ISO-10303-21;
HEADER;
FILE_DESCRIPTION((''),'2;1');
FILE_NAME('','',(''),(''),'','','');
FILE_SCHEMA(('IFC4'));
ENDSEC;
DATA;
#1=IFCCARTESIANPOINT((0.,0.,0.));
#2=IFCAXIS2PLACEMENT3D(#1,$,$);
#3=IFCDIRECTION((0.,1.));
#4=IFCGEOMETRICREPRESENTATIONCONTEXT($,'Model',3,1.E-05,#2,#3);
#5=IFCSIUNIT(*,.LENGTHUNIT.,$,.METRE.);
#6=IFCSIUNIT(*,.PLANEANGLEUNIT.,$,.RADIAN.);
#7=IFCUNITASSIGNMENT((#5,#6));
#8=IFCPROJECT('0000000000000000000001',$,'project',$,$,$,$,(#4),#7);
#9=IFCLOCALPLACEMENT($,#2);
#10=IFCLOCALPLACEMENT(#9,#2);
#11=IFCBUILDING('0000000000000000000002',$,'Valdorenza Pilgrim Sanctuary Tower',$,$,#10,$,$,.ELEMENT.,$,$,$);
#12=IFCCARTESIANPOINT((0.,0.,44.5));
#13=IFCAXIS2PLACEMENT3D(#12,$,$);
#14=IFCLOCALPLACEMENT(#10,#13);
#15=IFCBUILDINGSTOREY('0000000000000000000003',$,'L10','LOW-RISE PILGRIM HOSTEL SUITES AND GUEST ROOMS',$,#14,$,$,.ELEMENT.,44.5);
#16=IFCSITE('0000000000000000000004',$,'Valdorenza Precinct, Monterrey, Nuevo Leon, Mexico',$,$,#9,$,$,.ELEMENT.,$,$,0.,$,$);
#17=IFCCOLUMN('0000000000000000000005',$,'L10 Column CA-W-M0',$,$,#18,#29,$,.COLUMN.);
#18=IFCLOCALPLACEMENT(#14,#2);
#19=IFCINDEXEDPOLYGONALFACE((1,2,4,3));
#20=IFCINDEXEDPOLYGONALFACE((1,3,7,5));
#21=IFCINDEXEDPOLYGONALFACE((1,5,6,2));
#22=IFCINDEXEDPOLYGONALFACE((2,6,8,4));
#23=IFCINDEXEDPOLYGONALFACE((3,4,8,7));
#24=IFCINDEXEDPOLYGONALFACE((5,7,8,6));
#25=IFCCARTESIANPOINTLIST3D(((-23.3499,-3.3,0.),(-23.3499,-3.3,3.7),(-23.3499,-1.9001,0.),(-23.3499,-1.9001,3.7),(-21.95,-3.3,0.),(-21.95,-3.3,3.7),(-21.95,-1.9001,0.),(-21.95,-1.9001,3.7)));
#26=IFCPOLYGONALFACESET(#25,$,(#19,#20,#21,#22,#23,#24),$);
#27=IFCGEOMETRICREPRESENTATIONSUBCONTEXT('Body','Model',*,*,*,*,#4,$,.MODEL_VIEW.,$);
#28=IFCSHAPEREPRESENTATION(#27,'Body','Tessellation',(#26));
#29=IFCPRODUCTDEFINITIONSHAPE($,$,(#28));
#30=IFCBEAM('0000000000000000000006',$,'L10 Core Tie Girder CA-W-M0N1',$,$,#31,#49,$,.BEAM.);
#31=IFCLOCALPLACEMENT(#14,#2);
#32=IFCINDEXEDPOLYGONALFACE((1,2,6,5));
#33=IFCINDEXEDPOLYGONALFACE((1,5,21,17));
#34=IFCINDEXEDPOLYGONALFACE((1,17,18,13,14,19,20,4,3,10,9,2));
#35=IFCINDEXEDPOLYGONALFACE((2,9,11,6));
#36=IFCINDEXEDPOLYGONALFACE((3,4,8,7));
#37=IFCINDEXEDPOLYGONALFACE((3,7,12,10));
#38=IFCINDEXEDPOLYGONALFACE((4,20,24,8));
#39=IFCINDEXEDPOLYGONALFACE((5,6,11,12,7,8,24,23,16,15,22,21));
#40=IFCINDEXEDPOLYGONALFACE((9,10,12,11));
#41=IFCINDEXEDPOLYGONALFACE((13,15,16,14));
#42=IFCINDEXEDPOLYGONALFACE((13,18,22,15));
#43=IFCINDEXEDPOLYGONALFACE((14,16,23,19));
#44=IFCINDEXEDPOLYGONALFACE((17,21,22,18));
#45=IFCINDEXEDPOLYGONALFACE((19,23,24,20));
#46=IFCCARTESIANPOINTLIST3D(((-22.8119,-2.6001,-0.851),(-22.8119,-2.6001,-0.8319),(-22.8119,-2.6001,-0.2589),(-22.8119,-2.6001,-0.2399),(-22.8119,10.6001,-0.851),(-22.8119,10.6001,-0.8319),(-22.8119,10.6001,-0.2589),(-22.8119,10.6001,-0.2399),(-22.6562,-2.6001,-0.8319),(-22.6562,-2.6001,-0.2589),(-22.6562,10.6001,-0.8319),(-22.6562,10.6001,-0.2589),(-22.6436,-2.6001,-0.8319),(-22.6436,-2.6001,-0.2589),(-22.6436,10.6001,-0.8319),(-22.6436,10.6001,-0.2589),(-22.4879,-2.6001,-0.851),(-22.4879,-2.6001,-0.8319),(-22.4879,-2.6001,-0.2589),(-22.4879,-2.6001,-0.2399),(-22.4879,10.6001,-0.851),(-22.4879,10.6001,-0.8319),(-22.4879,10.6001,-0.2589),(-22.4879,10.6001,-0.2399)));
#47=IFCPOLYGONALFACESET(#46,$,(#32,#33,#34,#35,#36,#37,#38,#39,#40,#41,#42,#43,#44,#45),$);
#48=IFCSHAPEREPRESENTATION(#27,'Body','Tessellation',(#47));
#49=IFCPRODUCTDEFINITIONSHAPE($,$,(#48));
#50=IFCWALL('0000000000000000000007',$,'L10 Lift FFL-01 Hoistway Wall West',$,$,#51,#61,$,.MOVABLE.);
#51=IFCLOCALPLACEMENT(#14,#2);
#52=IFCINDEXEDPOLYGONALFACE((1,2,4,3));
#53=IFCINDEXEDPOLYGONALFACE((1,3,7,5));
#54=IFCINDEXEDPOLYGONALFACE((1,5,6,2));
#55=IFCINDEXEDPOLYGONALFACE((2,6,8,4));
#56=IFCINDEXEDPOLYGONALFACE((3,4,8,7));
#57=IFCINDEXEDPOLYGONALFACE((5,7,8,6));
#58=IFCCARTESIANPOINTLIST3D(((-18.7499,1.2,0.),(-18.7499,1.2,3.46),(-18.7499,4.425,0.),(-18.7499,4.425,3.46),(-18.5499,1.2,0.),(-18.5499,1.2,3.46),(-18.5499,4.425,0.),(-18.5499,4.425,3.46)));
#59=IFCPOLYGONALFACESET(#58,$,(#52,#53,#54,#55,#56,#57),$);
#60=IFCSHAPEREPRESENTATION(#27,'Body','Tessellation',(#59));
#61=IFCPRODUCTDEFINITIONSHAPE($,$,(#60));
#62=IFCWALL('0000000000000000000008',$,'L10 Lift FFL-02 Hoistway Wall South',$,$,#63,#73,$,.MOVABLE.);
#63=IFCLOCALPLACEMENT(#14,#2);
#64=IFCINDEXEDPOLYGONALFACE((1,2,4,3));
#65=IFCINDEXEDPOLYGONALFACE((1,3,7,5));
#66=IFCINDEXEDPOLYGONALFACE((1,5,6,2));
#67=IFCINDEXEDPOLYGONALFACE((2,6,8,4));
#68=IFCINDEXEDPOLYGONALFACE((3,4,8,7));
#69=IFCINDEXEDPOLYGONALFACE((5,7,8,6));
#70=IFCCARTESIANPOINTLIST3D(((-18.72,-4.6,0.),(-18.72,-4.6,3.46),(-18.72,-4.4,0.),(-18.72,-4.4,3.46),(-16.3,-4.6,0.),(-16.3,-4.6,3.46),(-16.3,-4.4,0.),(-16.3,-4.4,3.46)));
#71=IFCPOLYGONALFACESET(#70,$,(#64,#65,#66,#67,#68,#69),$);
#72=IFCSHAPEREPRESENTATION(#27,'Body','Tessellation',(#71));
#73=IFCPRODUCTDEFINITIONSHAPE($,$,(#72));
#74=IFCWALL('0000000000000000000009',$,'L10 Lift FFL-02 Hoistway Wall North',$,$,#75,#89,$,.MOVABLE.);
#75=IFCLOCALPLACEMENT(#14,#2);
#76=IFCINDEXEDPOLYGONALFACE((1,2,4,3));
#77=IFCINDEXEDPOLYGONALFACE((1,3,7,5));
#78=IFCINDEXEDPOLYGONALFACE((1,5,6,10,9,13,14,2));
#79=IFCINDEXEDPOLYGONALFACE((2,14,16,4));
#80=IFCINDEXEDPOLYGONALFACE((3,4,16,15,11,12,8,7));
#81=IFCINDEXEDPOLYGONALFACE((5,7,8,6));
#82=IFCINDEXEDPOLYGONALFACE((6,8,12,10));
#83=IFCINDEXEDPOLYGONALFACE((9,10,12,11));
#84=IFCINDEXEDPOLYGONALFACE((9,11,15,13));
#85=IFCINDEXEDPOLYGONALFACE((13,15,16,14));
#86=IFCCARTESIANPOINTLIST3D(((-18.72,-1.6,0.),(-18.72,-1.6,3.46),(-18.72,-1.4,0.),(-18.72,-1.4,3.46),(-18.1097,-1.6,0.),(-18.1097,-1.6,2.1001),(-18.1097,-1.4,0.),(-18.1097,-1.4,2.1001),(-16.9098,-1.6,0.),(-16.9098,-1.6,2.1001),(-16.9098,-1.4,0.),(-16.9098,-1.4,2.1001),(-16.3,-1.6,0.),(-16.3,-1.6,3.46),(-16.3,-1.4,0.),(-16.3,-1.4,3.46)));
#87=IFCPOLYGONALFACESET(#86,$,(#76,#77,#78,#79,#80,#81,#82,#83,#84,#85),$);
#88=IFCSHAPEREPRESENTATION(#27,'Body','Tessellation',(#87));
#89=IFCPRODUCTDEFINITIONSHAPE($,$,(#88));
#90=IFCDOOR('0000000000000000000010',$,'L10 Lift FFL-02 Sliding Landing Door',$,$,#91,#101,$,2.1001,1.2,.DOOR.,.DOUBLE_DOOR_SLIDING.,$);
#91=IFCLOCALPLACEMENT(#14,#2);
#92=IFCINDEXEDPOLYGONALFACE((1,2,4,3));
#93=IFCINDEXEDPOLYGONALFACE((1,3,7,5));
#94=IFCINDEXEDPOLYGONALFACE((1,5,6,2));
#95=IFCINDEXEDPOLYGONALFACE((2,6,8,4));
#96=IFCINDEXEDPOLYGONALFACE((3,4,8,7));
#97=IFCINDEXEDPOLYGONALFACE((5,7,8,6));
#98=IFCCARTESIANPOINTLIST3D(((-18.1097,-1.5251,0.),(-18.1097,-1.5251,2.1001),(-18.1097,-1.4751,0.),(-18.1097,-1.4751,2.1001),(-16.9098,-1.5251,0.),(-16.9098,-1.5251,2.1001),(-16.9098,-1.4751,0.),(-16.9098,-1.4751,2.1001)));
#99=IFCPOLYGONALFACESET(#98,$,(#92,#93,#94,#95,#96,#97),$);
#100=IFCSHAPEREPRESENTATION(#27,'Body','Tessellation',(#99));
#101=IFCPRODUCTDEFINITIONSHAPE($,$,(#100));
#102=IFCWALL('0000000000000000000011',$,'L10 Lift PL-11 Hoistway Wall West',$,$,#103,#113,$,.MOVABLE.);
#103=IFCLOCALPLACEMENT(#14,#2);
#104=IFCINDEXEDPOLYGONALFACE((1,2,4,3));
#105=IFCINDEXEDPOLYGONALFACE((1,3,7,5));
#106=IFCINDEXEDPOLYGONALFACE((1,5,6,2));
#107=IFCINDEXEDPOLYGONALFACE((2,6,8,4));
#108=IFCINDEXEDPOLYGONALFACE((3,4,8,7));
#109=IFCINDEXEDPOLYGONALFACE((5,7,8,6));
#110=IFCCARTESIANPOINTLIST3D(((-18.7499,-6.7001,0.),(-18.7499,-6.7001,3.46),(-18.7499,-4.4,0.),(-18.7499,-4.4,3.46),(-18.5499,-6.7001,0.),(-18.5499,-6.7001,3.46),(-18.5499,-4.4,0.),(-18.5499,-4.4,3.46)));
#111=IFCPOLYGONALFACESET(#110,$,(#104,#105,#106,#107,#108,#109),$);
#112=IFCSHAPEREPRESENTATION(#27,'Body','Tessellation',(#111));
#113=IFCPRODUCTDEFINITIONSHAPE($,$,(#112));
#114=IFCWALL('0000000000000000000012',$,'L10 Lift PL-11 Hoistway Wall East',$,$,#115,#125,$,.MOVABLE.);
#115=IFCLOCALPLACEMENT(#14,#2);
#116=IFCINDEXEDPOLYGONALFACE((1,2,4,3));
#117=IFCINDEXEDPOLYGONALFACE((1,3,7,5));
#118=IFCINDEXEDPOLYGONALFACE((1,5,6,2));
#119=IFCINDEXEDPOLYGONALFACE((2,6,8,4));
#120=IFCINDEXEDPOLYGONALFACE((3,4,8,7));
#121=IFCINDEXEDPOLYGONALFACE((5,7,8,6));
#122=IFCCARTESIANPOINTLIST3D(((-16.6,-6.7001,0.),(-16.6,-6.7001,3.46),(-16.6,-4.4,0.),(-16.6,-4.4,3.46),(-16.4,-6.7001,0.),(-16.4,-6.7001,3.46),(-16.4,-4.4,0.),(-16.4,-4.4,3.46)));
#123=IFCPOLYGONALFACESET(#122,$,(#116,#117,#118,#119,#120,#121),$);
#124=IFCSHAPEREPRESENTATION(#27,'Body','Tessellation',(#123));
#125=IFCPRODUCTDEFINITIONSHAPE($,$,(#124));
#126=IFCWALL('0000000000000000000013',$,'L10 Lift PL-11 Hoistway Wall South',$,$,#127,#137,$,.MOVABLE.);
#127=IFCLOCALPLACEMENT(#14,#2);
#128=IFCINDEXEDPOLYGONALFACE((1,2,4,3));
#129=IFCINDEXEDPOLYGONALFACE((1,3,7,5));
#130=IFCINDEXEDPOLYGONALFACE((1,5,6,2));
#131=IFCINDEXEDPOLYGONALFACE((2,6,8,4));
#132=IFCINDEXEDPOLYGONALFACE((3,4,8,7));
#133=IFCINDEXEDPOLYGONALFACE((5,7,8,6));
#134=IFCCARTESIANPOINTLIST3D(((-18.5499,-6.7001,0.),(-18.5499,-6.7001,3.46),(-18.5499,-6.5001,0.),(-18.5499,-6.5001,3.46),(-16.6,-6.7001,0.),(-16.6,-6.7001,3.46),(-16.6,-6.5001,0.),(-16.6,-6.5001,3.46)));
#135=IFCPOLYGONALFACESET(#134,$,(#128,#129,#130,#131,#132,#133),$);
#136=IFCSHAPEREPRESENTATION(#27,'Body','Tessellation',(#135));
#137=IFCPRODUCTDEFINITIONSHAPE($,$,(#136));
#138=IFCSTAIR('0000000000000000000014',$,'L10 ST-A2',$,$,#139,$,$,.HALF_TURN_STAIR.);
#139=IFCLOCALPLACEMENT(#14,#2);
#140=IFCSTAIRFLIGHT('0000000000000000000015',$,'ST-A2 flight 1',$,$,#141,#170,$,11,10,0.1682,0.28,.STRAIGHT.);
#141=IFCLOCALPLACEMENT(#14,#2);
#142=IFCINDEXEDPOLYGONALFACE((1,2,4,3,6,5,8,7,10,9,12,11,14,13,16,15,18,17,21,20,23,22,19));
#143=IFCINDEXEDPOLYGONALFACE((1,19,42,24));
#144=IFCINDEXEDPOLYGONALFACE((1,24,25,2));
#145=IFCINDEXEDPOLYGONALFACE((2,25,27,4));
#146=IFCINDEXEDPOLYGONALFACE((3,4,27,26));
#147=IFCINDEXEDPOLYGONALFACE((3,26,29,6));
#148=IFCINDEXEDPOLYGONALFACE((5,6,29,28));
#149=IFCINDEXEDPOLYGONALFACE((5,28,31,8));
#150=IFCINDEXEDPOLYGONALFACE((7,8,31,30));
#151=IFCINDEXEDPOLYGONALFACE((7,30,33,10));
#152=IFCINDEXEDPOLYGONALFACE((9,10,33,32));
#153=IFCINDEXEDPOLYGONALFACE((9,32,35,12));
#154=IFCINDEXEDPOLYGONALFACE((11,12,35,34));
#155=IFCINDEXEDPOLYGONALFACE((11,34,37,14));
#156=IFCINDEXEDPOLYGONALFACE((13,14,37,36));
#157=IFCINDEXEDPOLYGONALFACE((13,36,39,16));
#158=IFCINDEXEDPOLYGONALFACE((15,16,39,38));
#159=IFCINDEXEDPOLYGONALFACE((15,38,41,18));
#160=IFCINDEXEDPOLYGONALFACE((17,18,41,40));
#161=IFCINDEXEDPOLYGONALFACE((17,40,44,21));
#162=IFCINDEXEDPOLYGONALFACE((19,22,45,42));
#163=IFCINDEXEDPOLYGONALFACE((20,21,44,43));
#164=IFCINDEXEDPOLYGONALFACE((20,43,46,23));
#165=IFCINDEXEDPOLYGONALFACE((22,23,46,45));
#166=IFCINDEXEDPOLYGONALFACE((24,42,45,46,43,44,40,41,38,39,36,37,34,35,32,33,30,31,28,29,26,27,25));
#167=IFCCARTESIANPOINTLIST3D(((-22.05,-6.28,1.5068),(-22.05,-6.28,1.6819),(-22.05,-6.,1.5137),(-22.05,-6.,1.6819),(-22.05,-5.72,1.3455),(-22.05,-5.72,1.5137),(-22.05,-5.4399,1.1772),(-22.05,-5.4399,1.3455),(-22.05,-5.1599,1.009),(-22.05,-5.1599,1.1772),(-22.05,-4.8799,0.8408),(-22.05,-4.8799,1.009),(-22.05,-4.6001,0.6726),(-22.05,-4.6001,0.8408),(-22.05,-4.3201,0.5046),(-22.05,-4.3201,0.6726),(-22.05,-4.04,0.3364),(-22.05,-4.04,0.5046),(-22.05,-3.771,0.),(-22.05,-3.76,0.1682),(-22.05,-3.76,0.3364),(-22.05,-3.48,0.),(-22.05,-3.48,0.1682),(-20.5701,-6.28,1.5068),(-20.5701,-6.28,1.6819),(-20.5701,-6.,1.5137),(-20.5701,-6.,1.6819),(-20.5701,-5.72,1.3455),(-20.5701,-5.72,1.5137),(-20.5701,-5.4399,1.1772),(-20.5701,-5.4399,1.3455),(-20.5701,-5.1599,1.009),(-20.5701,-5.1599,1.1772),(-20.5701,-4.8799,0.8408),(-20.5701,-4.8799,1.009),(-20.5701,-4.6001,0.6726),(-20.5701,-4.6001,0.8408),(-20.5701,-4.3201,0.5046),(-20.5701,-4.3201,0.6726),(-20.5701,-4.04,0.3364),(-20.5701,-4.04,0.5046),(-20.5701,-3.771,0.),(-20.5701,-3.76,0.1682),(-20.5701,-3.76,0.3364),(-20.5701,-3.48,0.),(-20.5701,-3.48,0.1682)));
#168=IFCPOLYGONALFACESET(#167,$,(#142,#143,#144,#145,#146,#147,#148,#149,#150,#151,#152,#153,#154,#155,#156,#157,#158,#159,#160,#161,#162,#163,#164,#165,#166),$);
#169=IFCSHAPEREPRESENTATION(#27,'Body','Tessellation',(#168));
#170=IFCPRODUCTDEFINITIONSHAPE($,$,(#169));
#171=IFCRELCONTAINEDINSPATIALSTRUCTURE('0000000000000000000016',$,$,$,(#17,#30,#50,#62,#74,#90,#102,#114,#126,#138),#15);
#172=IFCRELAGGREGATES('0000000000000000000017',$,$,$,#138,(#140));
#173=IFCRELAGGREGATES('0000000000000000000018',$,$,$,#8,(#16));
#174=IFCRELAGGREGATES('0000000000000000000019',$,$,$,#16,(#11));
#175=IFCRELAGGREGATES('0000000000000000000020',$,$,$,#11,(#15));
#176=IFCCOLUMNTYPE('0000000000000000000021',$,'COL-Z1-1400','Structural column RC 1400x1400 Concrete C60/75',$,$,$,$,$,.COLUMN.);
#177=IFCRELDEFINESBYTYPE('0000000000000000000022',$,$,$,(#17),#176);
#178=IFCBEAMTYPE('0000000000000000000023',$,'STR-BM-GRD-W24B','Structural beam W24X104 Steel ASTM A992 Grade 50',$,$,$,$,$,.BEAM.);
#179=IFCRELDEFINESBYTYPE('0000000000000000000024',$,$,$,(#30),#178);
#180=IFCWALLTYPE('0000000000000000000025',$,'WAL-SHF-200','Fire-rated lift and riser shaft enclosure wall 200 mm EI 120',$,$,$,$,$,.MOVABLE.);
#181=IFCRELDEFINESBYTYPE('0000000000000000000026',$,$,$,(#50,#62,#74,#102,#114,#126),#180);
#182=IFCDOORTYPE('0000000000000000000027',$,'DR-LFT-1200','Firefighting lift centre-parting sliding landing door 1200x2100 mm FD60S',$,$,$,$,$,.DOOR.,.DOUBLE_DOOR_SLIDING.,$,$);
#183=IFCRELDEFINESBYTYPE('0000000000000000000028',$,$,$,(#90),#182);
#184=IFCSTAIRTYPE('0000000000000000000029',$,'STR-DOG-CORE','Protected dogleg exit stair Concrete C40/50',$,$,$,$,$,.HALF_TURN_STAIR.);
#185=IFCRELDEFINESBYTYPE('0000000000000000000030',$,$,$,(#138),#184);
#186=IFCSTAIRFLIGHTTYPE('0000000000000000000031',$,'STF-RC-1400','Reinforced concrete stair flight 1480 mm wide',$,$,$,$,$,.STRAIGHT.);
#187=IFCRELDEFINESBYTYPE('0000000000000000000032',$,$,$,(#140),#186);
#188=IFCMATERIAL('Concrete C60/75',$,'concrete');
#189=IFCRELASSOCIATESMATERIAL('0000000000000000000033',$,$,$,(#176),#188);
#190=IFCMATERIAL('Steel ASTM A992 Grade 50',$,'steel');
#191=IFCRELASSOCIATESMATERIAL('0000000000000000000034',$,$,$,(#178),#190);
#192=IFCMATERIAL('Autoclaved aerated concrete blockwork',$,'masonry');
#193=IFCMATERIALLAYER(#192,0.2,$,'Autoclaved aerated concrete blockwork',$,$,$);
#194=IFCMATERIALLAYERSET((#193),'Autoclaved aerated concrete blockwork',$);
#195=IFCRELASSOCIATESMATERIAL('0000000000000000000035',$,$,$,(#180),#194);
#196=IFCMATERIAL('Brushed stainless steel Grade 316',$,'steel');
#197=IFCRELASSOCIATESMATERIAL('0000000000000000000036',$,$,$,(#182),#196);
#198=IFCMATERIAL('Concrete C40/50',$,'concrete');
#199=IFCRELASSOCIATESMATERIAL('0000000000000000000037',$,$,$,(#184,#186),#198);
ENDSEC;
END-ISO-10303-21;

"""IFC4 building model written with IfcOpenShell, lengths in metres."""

from ifc_helpers import new_model, si_unit, direction, frame, frame_2d, origin, origin_2d, place, context, subcontext, project, spatial, polyline, rectangle, i_section, outline, extrude, source, transform, mapped, material, layer, layer_set, material_profile, profile_set, type_object, element, fill, aggregate, save


model = new_model("IFC4")

# Units and contexts
model_context = context("Model", 3, precision=1e-05, world=origin(), true_north=direction((0.0, 1.0)))
body_context = subcontext(model_context, "Body", "Model", "MODEL_VIEW")
ifc_project = project(units=[si_unit("LENGTHUNIT", "METRE"), si_unit("PLANEANGLEUNIT", "RADIAN")], contexts=[model_context])

# Site, building, storey
site_placement = place(None, origin())
site = spatial("IfcSite", under=ifc_project, at=site_placement, Name="Valdorenza Precinct, Monterrey, Nuevo Leon, Mexico", CompositionType="ELEMENT", RefElevation=0.0)
building_placement = place(site_placement, origin())
building = spatial("IfcBuilding", under=site, at=building_placement, Name="Valdorenza Pilgrim Sanctuary Tower", CompositionType="ELEMENT")
storey_placement = place(building_placement, frame((0.0, 0.0, 44.5)))
storey = spatial("IfcBuildingStorey", under=building, at=storey_placement, Name="L10", Description="LOW-RISE PILGRIM HOSTEL SUITES AND GUEST ROOMS", CompositionType="ELEMENT", Elevation=44.5)

# Column
ifc_material_1 = material(Name="Concrete C60/75", Category="concrete")
ifc_material_profile_1 = material_profile(ifc_material_1, rectangle(XDim=1.3999, YDim=1.3999, at=origin_2d()), Name="RC 1400x1400")
ifc_profile_set_1 = profile_set([ifc_material_profile_1], Name="Concrete C60/75")
column_type = type_object("IfcColumnType", Name="COL-Z1-1400", Description="Structural column RC 1400x1400 Concrete C60/75", PredefinedType="COLUMN", material=ifc_profile_set_1)
shared_shape_1 = source(origin(), body_context, "Body", "SweptSolid", [
    extrude(rectangle(XDim=1.3999, YDim=1.3999, at=origin_2d()), origin(), (0.0, 0.0, 1.0), 3.7),
])
column_placement = place(storey_placement, frame((-22.6499, -2.6001, 0.0), z_axis=(0.0, 0.0, 1.0), x_axis=(1.0, 0.0, 0.0)))
element("IfcColumn", 1, at=column_placement, inside=storey, type_object=column_type, Name="L10 Column CA-W-M0", PredefinedType="COLUMN", context=body_context, shape_type="MappedRepresentation", body=[
    mapped(shared_shape_1, transform((0.0, 0.0, 0.0), x_axis=(1.0, 0.0, 0.0), y_axis=(0.0, 1.0, 0.0), z_axis=(0.0, 0.0, 1.0), scale=1.0)),
])

# Beam
ifc_material_2 = material(Name="Steel ASTM A992 Grade 50", Category="steel")
ifc_material_profile_2 = material_profile(ifc_material_2, i_section(OverallWidth=0.324, OverallDepth=0.6111, WebThickness=0.0127, FlangeThickness=0.019, at=origin_2d()), Name="W24X104")
ifc_profile_set_2 = profile_set([ifc_material_profile_2], Name="Steel ASTM A992 Grade 50")
beam_type = type_object("IfcBeamType", Name="STR-BM-GRD-W24B", Description="Structural beam W24X104 Steel ASTM A992 Grade 50", PredefinedType="BEAM", material=ifc_profile_set_2)
shared_shape_2 = source(origin(), body_context, "Body", "SweptSolid", [
    extrude(i_section(OverallWidth=0.324, OverallDepth=0.6111, WebThickness=0.0127, FlangeThickness=0.019, at=origin_2d()), origin(), (0.0, 0.0, 1.0), 13.2002),
])
beam_placement = place(storey_placement, frame((-22.6499, -2.6001, -0.5454), z_axis=(0.0, 1.0, 0.0), x_axis=(-1.0, 0.0, 0.0)))
element("IfcBeam", 2, at=beam_placement, inside=storey, type_object=beam_type, Name="L10 Core Tie Girder CA-W-M0N1", PredefinedType="BEAM", context=body_context, shape_type="MappedRepresentation", body=[
    mapped(shared_shape_2, transform((0.0, 0.0, 0.0), x_axis=(1.0, 0.0, 0.0), y_axis=(0.0, 1.0, 0.0), z_axis=(0.0, 0.0, 1.0), scale=1.0)),
])

# Walls
ifc_material_3 = material(Name="Autoclaved aerated concrete blockwork", Category="masonry")
ifc_layer_1 = layer(ifc_material_3, 0.2, Name="Autoclaved aerated concrete blockwork")
ifc_layer_set_1 = layer_set([ifc_layer_1], Name="Autoclaved aerated concrete blockwork")
wall_type_1 = type_object("IfcWallType", Name="WAL-SHF-200", Description="Fire-rated lift and riser shaft enclosure wall 200 mm EI 120", PredefinedType="MOVABLE", material=ifc_layer_set_1)
wall_1_placement = place(storey_placement, frame((-18.6499, 1.2, 0.0), z_axis=(0.0, 0.0, 1.0), x_axis=(0.0, 1.0, 0.0)))
element("IfcWall", 3, at=wall_1_placement, inside=storey, type_object=wall_type_1, Name="L10 Lift FFL-01 Hoistway Wall West", PredefinedType="MOVABLE", context=body_context, shape_type="SweptSolid", body=[
    extrude(rectangle(XDim=3.2251, YDim=0.2, at=frame_2d((1.6125, 0.0))), origin(), (0.0, 0.0, 1.0), 3.46),
])
wall_2_placement = place(storey_placement, frame((-18.72, -4.5, 0.0), z_axis=(0.0, 0.0, 1.0), x_axis=(1.0, 0.0, 0.0)))
element("IfcWall", 4, at=wall_2_placement, inside=storey, type_object=wall_type_1, Name="L10 Lift FFL-02 Hoistway Wall South", PredefinedType="MOVABLE", context=body_context, shape_type="SweptSolid", body=[
    extrude(rectangle(XDim=2.4199, YDim=0.2, at=frame_2d((1.21, 0.0))), origin(), (0.0, 0.0, 1.0), 3.46),
])

# Wall, opening, door
wall_3_placement = place(storey_placement, frame((-18.72, -1.5, 0.0), z_axis=(0.0, 0.0, 1.0), x_axis=(1.0, 0.0, 0.0)))
wall_3 = element("IfcWall", 5, at=wall_3_placement, inside=storey, type_object=wall_type_1, Name="L10 Lift FFL-02 Hoistway Wall North", PredefinedType="MOVABLE", context=body_context, shape_type="SweptSolid", body=[
    extrude(rectangle(XDim=2.4199, YDim=0.2, at=frame_2d((1.21, 0.0))), origin(), (0.0, 0.0, 1.0), 3.46),
])
opening_1_placement = place(wall_3_placement, frame((0.6101, 0.0, 0.0)))
opening_1 = element("IfcOpeningElement", 6, at=opening_1_placement, cuts=wall_3, PredefinedType="OPENING", context=body_context, shape_type="SweptSolid", body=[
    extrude(rectangle(XDim=1.2, YDim=2.1001, at=frame_2d((0.6001, 1.05))), frame((0.0, 0.1147, 0.0), z_axis=(0.0, -1.0, 0.0), x_axis=(1.0, 0.0, 0.0)), (0.0, 0.0, 1.0), 0.2297),
])
ifc_material_4 = material(Name="Brushed stainless steel Grade 316", Category="steel")
door_type_1 = type_object("IfcDoorType", Name="DR-LFT-1200", Description="Firefighting lift centre-parting sliding landing door 1200x2100 mm FD60S", OperationType="DOUBLE_DOOR_SLIDING", PredefinedType="DOOR", material=ifc_material_4)
door_1_placement = place(opening_1_placement, origin())
door_1 = element("IfcDoor", 7, at=door_1_placement, inside=storey, type_object=door_type_1, Name="L10 Lift FFL-02 Sliding Landing Door", OperationType="DOUBLE_DOOR_SLIDING", OverallHeight=2.1001, OverallWidth=1.2, PredefinedType="DOOR", context=body_context, shape_type="SweptSolid", body=[
    extrude(rectangle(XDim=1.2, YDim=2.1001, at=frame_2d((0.6001, 1.05))), frame((0.0, 0.0249, 0.0), z_axis=(0.0, -1.0, 0.0), x_axis=(1.0, 0.0, 0.0)), (0.0, 0.0, 1.0), 0.05),
])
fill(opening_1, door_1)

# Walls
for number, where, z_axis, x_axis, name in (
    (8, (-18.6499, -6.7, 0.0), (0.0, 0.0, 1.0), (0.0, 1.0, 0.0), "L10 Lift PL-11 Hoistway Wall West"),
    (9, (-16.5, -6.7, 0.0), (0.0, 0.0, 1.0), (0.0, 1.0, 0.0), "L10 Lift PL-11 Hoistway Wall East"),
):
    element("IfcWall", number, at=place(storey_placement, frame(where, z_axis=z_axis, x_axis=x_axis)), inside=storey, type_object=wall_type_1, Name=name, PredefinedType="MOVABLE", context=body_context, shape_type="SweptSolid", body=[
        extrude(rectangle(XDim=2.3, YDim=0.2, at=frame_2d((1.1499, 0.0))), origin(), (0.0, 0.0, 1.0), 3.46),
    ])
wall_4_placement = place(storey_placement, frame((-18.55, -6.6001, 0.0), z_axis=(0.0, 0.0, 1.0), x_axis=(1.0, 0.0, 0.0)))
element("IfcWall", 10, at=wall_4_placement, inside=storey, type_object=wall_type_1, Name="L10 Lift PL-11 Hoistway Wall South", PredefinedType="MOVABLE", context=body_context, shape_type="SweptSolid", body=[
    extrude(rectangle(XDim=1.95, YDim=0.2, at=frame_2d((0.9751, 0.0))), origin(), (0.0, 0.0, 1.0), 3.46),
])

# Shared definitions
ifc_material_5 = material(Name="Concrete C40/50", Category="concrete")

# Stair, stair flight
stair_type = type_object("IfcStairType", Name="STR-DOG-CORE", Description="Protected dogleg exit stair Concrete C40/50", PredefinedType="HALF_TURN_STAIR", material=ifc_material_5)
stair_placement = place(storey_placement, origin())
stair = element("IfcStair", 11, at=stair_placement, inside=storey, type_object=stair_type, Name="L10 ST-A2", PredefinedType="HALF_TURN_STAIR")
stair_flight_type = type_object("IfcStairFlightType", Name="STF-RC-1400", Description="Reinforced concrete stair flight 1480 mm wide", PredefinedType="STRAIGHT", material=ifc_material_5)
stair_flight_1_placement = place(storey_placement, frame((-21.3101, -3.48, 0.0), z_axis=(0.0, 0.0, 1.0), x_axis=(0.0, -1.0, 0.0)))
stair_flight_1 = element("IfcStairFlight", 12, at=stair_flight_1_placement, type_object=stair_flight_type, Name="ST-A2 flight 1", NumberOfRisers=11, NumberOfTreads=10, PredefinedType="STRAIGHT", RiserHeight=0.1682, TreadLength=0.28, context=body_context, shape_type="SweptSolid", body=[
    extrude(outline(polyline([(0.0, 0.0), (0.0, 0.1682), (0.28, 0.1682), (0.28, 0.3364), (0.5601, 0.3364), (0.5601, 0.5046), (0.8401, 0.5046), (0.8401, 0.6726), (1.1201, 0.6726), (1.1201, 0.8408), (1.3999, 0.8408), (1.3999, 1.009), (1.6799, 1.009), (1.6799, 1.1772), (1.96, 1.1772), (1.96, 1.3455), (2.24, 1.3455), (2.24, 1.5137), (2.52, 1.5137), (2.52, 1.6819), (2.8, 1.6819), (2.8, 1.8501), (2.8, 1.5068), (0.291, 0.0), (0.0, 0.0)])), frame((0.0, 0.74, 0.0), z_axis=(0.0, -1.0, 0.0), x_axis=(1.0, 0.0, 0.0)), (0.0, 0.0, 1.0), 1.48),
])
aggregate(stair, [stair_flight_1])

save(model, "model.ifc")
